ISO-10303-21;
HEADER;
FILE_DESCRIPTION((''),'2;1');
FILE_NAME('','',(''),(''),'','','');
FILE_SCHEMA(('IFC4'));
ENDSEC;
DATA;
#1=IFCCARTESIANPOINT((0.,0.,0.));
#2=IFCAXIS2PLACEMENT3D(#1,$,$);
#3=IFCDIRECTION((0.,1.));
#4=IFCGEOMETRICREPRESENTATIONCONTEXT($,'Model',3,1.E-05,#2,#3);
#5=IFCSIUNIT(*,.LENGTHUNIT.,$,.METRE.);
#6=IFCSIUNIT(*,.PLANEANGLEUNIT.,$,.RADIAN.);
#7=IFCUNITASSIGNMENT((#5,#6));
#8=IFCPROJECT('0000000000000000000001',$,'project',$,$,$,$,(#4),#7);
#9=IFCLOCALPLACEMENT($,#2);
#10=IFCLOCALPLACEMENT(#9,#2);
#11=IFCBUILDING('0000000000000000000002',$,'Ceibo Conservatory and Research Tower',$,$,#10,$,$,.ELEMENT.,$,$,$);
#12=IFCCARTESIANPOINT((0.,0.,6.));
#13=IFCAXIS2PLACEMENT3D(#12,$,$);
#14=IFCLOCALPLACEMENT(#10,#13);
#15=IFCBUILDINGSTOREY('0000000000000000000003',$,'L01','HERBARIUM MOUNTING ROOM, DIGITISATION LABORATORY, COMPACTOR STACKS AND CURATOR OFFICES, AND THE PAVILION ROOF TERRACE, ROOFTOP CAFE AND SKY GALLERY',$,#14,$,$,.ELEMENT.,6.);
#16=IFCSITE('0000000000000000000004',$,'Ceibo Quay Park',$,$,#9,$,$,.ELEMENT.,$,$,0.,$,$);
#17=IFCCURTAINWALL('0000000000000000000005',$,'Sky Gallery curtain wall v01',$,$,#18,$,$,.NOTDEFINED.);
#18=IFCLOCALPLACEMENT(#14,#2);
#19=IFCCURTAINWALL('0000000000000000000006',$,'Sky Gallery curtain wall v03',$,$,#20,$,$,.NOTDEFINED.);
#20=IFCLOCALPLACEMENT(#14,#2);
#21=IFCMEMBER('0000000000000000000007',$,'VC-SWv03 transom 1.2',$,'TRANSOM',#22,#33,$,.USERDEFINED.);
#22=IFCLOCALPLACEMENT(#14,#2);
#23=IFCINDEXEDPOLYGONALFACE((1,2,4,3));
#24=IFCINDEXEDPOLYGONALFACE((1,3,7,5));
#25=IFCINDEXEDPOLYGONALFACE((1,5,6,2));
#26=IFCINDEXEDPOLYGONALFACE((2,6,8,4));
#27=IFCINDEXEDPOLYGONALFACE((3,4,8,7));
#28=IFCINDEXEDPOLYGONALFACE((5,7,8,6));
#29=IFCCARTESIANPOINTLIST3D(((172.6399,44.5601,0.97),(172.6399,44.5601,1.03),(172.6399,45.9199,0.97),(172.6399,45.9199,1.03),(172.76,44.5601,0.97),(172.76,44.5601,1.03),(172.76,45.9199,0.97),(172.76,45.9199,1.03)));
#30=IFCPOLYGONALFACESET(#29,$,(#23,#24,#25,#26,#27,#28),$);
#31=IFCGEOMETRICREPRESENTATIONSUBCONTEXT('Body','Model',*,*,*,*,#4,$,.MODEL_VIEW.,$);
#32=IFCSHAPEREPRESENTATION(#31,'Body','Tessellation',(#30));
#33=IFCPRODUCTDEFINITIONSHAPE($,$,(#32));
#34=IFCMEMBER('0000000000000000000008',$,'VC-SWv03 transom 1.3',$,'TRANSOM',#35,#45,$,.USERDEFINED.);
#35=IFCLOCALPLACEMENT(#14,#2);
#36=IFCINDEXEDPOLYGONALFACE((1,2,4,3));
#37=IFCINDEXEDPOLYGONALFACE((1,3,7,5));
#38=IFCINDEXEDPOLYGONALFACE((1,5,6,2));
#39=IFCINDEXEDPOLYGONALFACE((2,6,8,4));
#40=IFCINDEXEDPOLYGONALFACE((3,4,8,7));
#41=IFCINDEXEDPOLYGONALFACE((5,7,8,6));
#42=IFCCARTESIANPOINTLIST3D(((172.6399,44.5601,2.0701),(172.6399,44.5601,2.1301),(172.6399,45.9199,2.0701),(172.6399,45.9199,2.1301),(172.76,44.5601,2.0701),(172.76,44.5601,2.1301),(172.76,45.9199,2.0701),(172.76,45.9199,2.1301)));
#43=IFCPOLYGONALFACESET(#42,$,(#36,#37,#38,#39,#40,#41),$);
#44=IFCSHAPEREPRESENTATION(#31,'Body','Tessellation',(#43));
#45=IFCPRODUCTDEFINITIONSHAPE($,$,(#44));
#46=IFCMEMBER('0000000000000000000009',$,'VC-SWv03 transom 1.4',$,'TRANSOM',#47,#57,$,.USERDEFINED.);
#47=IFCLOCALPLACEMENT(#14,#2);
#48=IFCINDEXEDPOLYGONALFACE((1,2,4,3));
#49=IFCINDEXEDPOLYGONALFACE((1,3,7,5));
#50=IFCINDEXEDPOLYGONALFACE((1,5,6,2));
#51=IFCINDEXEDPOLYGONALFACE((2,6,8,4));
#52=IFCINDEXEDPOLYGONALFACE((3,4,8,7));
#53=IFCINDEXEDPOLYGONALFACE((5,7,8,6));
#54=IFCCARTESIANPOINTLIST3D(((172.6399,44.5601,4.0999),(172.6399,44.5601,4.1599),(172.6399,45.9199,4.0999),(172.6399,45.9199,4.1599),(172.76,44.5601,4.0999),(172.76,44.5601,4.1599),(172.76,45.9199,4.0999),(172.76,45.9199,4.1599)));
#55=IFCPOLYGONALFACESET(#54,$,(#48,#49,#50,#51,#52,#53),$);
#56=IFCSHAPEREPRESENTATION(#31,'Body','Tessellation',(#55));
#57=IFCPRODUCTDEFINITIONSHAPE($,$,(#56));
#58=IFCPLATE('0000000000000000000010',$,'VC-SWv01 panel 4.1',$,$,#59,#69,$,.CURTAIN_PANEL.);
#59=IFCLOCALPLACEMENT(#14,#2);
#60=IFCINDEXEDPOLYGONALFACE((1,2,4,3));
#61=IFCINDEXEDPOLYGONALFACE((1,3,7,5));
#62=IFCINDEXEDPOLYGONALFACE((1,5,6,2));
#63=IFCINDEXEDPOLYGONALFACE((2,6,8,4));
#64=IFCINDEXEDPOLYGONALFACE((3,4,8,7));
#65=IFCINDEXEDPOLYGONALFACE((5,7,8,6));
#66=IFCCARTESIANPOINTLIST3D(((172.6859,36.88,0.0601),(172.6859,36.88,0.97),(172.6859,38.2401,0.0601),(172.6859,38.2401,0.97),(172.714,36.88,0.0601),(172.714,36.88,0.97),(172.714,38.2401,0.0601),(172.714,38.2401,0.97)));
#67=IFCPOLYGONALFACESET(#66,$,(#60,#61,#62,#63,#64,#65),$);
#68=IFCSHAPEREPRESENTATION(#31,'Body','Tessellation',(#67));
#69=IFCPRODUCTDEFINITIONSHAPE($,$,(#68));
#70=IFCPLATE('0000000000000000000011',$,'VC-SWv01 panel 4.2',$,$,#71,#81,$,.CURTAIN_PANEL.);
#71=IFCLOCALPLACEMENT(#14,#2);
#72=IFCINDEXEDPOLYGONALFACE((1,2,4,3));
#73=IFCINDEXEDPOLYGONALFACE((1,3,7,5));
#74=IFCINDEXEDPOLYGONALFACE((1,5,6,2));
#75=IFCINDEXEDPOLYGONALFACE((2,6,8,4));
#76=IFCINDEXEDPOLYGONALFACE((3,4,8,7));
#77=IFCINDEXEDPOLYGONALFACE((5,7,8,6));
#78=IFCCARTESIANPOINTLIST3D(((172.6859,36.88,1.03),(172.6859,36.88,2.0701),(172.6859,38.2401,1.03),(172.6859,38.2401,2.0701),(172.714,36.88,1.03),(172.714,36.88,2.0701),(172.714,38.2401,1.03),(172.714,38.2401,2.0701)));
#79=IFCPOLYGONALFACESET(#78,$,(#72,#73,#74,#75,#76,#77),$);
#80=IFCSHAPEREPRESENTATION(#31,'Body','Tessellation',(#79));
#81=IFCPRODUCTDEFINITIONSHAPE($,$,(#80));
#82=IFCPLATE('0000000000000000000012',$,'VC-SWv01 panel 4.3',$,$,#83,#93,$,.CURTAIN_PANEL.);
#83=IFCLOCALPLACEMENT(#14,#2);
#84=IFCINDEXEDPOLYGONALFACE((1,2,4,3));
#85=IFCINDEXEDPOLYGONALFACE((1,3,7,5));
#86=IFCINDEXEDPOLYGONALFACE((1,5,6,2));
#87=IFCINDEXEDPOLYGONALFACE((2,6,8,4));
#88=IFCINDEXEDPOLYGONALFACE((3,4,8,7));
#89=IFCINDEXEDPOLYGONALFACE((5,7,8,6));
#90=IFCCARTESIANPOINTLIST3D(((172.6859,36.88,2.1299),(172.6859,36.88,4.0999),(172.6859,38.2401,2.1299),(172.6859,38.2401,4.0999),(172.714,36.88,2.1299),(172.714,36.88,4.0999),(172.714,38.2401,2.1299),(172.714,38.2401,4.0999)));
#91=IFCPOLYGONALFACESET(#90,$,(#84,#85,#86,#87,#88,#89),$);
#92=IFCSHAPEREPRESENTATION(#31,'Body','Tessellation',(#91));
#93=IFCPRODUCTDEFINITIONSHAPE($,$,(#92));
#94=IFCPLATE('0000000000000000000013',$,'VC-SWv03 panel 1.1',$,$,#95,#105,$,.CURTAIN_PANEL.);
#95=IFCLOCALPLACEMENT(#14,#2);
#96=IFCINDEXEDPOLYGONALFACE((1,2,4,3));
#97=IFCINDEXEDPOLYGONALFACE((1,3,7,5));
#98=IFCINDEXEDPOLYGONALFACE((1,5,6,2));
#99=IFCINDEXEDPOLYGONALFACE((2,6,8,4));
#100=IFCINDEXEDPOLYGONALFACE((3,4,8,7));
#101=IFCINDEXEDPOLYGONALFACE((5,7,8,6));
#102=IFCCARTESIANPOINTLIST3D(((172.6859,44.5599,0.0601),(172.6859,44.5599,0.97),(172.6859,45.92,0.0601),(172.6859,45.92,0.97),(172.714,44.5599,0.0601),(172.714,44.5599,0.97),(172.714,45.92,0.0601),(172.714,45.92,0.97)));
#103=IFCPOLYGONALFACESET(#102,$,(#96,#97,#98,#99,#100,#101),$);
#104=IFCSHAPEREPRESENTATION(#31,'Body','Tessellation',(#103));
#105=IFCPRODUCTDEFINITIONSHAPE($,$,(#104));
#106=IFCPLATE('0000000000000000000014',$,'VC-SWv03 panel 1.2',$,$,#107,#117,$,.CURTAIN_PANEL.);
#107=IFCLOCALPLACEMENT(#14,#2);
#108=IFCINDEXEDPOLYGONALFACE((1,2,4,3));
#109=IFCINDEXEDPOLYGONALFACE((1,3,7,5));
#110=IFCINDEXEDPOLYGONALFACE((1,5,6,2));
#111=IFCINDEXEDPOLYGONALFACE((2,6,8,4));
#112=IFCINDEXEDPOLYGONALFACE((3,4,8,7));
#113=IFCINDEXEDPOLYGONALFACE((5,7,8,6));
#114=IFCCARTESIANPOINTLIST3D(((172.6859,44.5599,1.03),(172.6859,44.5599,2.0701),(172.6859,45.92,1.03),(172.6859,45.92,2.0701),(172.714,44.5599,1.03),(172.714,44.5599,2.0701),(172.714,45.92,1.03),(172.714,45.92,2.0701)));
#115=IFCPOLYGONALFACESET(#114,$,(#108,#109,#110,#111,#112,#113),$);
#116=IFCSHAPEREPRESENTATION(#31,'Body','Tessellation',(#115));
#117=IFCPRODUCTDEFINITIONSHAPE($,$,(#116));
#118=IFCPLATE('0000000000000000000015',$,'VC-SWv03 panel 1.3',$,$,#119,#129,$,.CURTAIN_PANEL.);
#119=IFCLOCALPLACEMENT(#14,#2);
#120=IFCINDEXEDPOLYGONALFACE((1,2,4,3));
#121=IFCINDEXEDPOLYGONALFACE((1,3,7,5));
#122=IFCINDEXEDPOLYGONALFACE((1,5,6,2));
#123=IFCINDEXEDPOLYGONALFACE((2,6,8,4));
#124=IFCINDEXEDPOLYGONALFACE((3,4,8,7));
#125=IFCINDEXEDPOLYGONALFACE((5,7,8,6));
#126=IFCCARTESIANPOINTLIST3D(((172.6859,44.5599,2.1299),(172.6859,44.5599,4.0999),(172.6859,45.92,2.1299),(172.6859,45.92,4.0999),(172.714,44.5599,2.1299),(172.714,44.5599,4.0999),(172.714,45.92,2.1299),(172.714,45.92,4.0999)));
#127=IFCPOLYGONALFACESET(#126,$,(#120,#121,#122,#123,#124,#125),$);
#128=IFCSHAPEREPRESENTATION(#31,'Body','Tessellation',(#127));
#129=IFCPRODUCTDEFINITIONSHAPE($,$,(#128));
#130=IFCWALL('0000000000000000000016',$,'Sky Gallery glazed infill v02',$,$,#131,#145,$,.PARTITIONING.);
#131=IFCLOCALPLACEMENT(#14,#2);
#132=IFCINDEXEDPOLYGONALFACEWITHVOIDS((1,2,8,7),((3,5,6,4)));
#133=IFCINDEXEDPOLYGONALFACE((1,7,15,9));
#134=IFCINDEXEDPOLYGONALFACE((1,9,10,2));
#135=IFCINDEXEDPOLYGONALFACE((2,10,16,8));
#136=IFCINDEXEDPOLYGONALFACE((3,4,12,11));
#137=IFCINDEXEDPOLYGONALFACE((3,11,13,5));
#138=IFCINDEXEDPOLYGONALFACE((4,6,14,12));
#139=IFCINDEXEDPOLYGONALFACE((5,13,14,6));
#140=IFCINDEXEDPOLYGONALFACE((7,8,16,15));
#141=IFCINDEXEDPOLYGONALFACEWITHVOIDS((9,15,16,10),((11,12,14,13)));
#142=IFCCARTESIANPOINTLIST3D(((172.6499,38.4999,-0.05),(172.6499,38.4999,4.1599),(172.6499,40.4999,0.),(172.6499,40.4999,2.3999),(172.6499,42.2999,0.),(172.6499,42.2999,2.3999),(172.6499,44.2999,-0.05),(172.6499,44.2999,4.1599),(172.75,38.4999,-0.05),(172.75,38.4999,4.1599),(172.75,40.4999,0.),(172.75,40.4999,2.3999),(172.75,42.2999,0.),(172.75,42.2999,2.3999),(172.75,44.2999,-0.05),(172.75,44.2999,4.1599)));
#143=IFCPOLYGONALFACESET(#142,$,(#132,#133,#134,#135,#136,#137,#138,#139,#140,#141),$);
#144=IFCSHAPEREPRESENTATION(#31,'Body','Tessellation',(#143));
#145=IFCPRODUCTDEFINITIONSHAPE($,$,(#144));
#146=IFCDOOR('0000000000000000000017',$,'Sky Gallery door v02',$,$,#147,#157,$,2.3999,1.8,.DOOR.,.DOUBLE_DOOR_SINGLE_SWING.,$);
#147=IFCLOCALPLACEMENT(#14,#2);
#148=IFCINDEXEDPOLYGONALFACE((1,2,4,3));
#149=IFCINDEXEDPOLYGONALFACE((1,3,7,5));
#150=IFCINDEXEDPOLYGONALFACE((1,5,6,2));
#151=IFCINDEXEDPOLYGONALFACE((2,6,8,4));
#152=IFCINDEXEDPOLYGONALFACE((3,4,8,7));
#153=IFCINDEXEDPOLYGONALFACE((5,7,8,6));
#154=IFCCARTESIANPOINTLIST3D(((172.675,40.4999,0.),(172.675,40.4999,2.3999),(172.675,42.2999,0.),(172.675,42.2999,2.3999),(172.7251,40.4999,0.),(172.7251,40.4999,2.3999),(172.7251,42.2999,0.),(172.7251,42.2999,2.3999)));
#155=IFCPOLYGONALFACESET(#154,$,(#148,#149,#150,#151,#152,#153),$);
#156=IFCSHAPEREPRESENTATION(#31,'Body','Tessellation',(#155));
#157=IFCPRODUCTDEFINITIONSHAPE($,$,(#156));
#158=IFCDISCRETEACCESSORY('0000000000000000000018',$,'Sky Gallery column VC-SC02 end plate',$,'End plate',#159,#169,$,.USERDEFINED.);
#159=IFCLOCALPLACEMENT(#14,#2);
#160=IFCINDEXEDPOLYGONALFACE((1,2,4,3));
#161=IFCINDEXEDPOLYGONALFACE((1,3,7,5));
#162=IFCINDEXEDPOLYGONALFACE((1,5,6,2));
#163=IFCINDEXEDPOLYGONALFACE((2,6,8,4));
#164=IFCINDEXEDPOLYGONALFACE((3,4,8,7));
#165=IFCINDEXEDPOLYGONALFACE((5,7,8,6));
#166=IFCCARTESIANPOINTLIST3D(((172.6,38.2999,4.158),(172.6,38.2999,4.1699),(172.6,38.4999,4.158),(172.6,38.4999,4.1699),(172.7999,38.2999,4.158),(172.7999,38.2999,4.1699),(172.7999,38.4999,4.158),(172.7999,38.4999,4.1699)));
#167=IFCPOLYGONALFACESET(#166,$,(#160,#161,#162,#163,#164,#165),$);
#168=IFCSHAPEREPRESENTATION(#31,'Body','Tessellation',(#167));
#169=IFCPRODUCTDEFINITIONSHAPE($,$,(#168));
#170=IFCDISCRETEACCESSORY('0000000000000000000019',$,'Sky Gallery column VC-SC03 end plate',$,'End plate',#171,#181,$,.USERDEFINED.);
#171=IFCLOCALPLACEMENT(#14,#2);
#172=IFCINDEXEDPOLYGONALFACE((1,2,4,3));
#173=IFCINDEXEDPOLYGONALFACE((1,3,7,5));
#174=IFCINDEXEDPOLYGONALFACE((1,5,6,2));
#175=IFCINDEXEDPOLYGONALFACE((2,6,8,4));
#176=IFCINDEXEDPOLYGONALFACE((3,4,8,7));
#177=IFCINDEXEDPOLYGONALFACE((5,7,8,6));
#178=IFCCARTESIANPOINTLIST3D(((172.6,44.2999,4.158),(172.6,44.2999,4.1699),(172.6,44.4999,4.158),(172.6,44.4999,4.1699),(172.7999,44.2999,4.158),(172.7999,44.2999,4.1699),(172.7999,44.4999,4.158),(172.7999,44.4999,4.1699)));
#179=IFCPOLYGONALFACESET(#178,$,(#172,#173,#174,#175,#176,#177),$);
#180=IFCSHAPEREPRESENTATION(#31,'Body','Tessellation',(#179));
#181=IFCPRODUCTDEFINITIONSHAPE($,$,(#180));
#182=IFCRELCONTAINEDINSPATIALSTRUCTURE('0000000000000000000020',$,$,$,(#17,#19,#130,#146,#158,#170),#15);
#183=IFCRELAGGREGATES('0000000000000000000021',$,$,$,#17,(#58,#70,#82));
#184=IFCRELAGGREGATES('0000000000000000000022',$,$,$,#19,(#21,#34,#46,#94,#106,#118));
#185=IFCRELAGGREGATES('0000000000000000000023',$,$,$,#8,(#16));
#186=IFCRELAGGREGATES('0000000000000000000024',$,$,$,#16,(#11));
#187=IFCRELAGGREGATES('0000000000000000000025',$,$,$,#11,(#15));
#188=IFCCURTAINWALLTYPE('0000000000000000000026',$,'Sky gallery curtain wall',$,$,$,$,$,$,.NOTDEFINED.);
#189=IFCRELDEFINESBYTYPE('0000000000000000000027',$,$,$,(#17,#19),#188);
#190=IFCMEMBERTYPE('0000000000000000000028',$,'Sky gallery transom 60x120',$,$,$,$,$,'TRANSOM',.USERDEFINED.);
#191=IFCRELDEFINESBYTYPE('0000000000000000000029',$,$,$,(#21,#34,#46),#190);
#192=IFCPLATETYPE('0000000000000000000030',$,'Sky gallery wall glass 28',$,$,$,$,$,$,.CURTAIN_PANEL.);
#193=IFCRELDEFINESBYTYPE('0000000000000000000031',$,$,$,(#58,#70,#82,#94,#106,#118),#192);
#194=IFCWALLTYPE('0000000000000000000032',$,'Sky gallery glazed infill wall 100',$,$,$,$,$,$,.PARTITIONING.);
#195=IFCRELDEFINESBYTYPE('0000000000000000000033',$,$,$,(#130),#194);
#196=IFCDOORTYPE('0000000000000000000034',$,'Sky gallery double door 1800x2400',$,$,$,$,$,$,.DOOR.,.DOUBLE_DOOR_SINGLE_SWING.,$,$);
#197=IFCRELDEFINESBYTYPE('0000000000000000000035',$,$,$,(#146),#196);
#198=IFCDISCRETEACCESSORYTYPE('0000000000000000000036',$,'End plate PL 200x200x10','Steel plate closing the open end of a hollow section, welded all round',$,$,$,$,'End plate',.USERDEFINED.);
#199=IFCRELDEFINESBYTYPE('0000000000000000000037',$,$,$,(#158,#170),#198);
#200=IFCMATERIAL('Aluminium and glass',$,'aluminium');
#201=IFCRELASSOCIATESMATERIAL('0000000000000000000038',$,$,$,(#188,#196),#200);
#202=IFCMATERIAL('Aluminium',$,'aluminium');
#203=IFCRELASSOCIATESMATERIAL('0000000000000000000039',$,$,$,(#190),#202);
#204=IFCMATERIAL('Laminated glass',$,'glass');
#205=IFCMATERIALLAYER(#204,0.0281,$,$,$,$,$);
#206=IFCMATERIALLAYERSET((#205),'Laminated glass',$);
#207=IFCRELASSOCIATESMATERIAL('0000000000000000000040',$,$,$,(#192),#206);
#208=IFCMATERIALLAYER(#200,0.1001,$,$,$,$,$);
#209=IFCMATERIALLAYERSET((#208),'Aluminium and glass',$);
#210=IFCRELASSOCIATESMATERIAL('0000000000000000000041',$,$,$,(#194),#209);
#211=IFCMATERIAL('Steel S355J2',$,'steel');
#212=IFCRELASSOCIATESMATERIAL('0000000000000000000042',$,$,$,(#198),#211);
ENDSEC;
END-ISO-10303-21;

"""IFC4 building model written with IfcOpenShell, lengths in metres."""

from ifc_helpers import new_model, si_unit, direction, frame, frame_2d, origin, origin_2d, place, context, subcontext, project, spatial, rectangle, extrude, material, layer, layer_set, material_profile, profile_set, type_object, element, fill, aggregate, save


model = new_model("IFC4")

# Units and contexts
model_context = context("Model", 3, precision=1e-05, world=origin(), true_north=direction((0.0, 1.0)))
body_context = subcontext(model_context, "Body", "Model", "MODEL_VIEW")
ifc_project = project(units=[si_unit("LENGTHUNIT", "METRE"), si_unit("PLANEANGLEUNIT", "RADIAN")], contexts=[model_context])

# Site, building, storey
site_placement = place(None, origin())
site = spatial("IfcSite", under=ifc_project, at=site_placement, Name="Ceibo Quay Park", CompositionType="ELEMENT", RefElevation=0.0)
building_placement = place(site_placement, origin())
building = spatial("IfcBuilding", under=site, at=building_placement, Name="Ceibo Conservatory and Research Tower", CompositionType="ELEMENT")
storey_placement = place(building_placement, frame((0.0, 0.0, 6.0)))
storey = spatial("IfcBuildingStorey", under=building, at=storey_placement, Name="L01", Description="HERBARIUM MOUNTING ROOM, DIGITISATION LABORATORY, COMPACTOR STACKS AND CURATOR OFFICES, AND THE PAVILION ROOF TERRACE, ROOFTOP CAFE AND SKY GALLERY", CompositionType="ELEMENT", Elevation=6.0)

# Shared definitions
ifc_material_1 = material(Name="Steel S355J2", Category="steel")

# Curtain wall
ifc_material_2 = material(Name="Aluminium and glass", Category="aluminium")
curtain_wall_type = type_object("IfcCurtainWallType", Name="Sky gallery curtain wall", PredefinedType="NOTDEFINED", material=ifc_material_2)
curtain_wall_1_placement = place(storey_placement, origin())
curtain_wall_1 = element("IfcCurtainWall", 1, at=curtain_wall_1_placement, inside=storey, type_object=curtain_wall_type, Name="Sky Gallery curtain wall v01", PredefinedType="NOTDEFINED")
ifc_material_3 = material(Name="Aluminium", Category="aluminium")

# Curtain wall
curtain_wall_2_placement = place(storey_placement, origin())
curtain_wall_2 = element("IfcCurtainWall", 2, at=curtain_wall_2_placement, inside=storey, type_object=curtain_wall_type, Name="Sky Gallery curtain wall v03", PredefinedType="NOTDEFINED")

# Members
ifc_material_profile_1 = material_profile(ifc_material_3, rectangle(XDim=0.1201, YDim=0.0601, at=origin_2d()), Name="AL 60x120")
ifc_profile_set_1 = profile_set([ifc_material_profile_1], Name="Aluminium")
member_type_1 = type_object("IfcMemberType", Name="Sky gallery transom 60x120", ElementType="TRANSOM", PredefinedType="USERDEFINED", material=ifc_profile_set_1)
member_1_placement = place(storey_placement, frame((172.7, 44.5601, 1.0), z_axis=(0.0, 1.0, 0.0), x_axis=(-1.0, 0.0, 0.0)))
member_1 = element("IfcMember", 3, at=member_1_placement, type_object=member_type_1, Name="VC-SWv03 transom 1.2", ObjectType="TRANSOM", PredefinedType="USERDEFINED", context=body_context, shape_type="SweptSolid", body=[
    extrude(rectangle(XDim=0.1201, YDim=0.0601, at=origin_2d()), origin(), (0.0, 0.0, 1.0), 1.3599),
])
member_2_placement = place(storey_placement, frame((172.7, 44.5601, 2.1001), z_axis=(0.0, 1.0, 0.0), x_axis=(-1.0, 0.0, 0.0)))
member_2 = element("IfcMember", 4, at=member_2_placement, type_object=member_type_1, Name="VC-SWv03 transom 1.3", ObjectType="TRANSOM", PredefinedType="USERDEFINED", context=body_context, shape_type="SweptSolid", body=[
    extrude(rectangle(XDim=0.1201, YDim=0.0601, at=origin_2d()), origin(), (0.0, 0.0, 1.0), 1.3599),
])
member_3_placement = place(storey_placement, frame((172.7, 44.5601, 4.1299), z_axis=(0.0, 1.0, 0.0), x_axis=(-1.0, 0.0, 0.0)))
member_3 = element("IfcMember", 5, at=member_3_placement, type_object=member_type_1, Name="VC-SWv03 transom 1.4", ObjectType="TRANSOM", PredefinedType="USERDEFINED", context=body_context, shape_type="SweptSolid", body=[
    extrude(rectangle(XDim=0.1201, YDim=0.0601, at=origin_2d()), origin(), (0.0, 0.0, 1.0), 1.3599),
])

# Plates
ifc_material_4 = material(Name="Laminated glass", Category="glass")
ifc_layer_1 = layer(ifc_material_4, 0.0281)
ifc_layer_set_1 = layer_set([ifc_layer_1], Name="Laminated glass")
plate_type = type_object("IfcPlateType", Name="Sky gallery wall glass 28", PredefinedType="CURTAIN_PANEL", material=ifc_layer_set_1)
plate_1_placement = place(storey_placement, frame((172.7, 37.5601, 0.0601), z_axis=(0.0, 0.0, 1.0), x_axis=(0.0, 1.0, 0.0)))
plate_1 = element("IfcPlate", 6, at=plate_1_placement, type_object=plate_type, Name="VC-SWv01 panel 4.1", PredefinedType="CURTAIN_PANEL", context=body_context, shape_type="SweptSolid", body=[
    extrude(rectangle(XDim=1.3601, YDim=0.0281, at=origin_2d()), origin(), (0.0, 0.0, 1.0), 0.9099),
])
plate_2_placement = place(storey_placement, frame((172.7, 37.5601, 1.03), z_axis=(0.0, 0.0, 1.0), x_axis=(0.0, 1.0, 0.0)))
plate_2 = element("IfcPlate", 7, at=plate_2_placement, type_object=plate_type, Name="VC-SWv01 panel 4.2", PredefinedType="CURTAIN_PANEL", context=body_context, shape_type="SweptSolid", body=[
    extrude(rectangle(XDim=1.3601, YDim=0.0281, at=origin_2d()), origin(), (0.0, 0.0, 1.0), 1.04),
])
plate_3_placement = place(storey_placement, frame((172.7, 37.5601, 2.1299), z_axis=(0.0, 0.0, 1.0), x_axis=(0.0, 1.0, 0.0)))
plate_3 = element("IfcPlate", 8, at=plate_3_placement, type_object=plate_type, Name="VC-SWv01 panel 4.3", PredefinedType="CURTAIN_PANEL", context=body_context, shape_type="SweptSolid", body=[
    extrude(rectangle(XDim=1.3601, YDim=0.0281, at=origin_2d()), origin(), (0.0, 0.0, 1.0), 1.97),
])
aggregate(curtain_wall_1, [plate_1, plate_2, plate_3])
plate_4_placement = place(storey_placement, frame((172.7, 45.24, 0.0601), z_axis=(0.0, 0.0, 1.0), x_axis=(0.0, 1.0, 0.0)))
plate_4 = element("IfcPlate", 9, at=plate_4_placement, type_object=plate_type, Name="VC-SWv03 panel 1.1", PredefinedType="CURTAIN_PANEL", context=body_context, shape_type="SweptSolid", body=[
    extrude(rectangle(XDim=1.3601, YDim=0.0281, at=origin_2d()), origin(), (0.0, 0.0, 1.0), 0.9099),
])
plate_5_placement = place(storey_placement, frame((172.7, 45.24, 1.03), z_axis=(0.0, 0.0, 1.0), x_axis=(0.0, 1.0, 0.0)))
plate_5 = element("IfcPlate", 10, at=plate_5_placement, type_object=plate_type, Name="VC-SWv03 panel 1.2", PredefinedType="CURTAIN_PANEL", context=body_context, shape_type="SweptSolid", body=[
    extrude(rectangle(XDim=1.3601, YDim=0.0281, at=origin_2d()), origin(), (0.0, 0.0, 1.0), 1.04),
])
plate_6_placement = place(storey_placement, frame((172.7, 45.24, 2.1299), z_axis=(0.0, 0.0, 1.0), x_axis=(0.0, 1.0, 0.0)))
plate_6 = element("IfcPlate", 11, at=plate_6_placement, type_object=plate_type, Name="VC-SWv03 panel 1.3", PredefinedType="CURTAIN_PANEL", context=body_context, shape_type="SweptSolid", body=[
    extrude(rectangle(XDim=1.3601, YDim=0.0281, at=origin_2d()), origin(), (0.0, 0.0, 1.0), 1.97),
])
aggregate(curtain_wall_2, [member_1, member_2, member_3, plate_4, plate_5, plate_6])

# Wall, opening, door
ifc_layer_2 = layer(ifc_material_2, 0.1001)
ifc_layer_set_2 = layer_set([ifc_layer_2], Name="Aluminium and glass")
wall_type = type_object("IfcWallType", Name="Sky gallery glazed infill wall 100", PredefinedType="PARTITIONING", material=ifc_layer_set_2)
wall_placement = place(storey_placement, frame((172.7, 38.5, -0.05), z_axis=(0.0, 0.0, 1.0), x_axis=(0.0, 1.0, 0.0)))
wall = element("IfcWall", 12, at=wall_placement, inside=storey, type_object=wall_type, Name="Sky Gallery glazed infill v02", PredefinedType="PARTITIONING", context=body_context, shape_type="SweptSolid", body=[
    extrude(rectangle(XDim=5.8, YDim=0.1001, at=frame_2d((2.8999, 0.0))), origin(), (0.0, 0.0, 1.0), 4.21),
])
opening_placement = place(wall_placement, frame((2.0, 0.0, 0.05)))
opening = element("IfcOpeningElement", 13, at=opening_placement, cuts=wall, PredefinedType="OPENING", context=body_context, shape_type="SweptSolid", body=[
    extrude(rectangle(XDim=1.8, YDim=2.3999, at=frame_2d((0.8999, 1.2))), frame((0.0, 0.0601, 0.0), z_axis=(0.0, -1.0, 0.0), x_axis=(1.0, 0.0, 0.0)), (0.0, 0.0, 1.0), 0.1201),
])
door_type = type_object("IfcDoorType", Name="Sky gallery double door 1800x2400", OperationType="DOUBLE_DOOR_SINGLE_SWING", PredefinedType="DOOR", material=ifc_material_2)
door_placement = place(opening_placement, origin())
door = element("IfcDoor", 14, at=door_placement, inside=storey, type_object=door_type, Name="Sky Gallery door v02", OperationType="DOUBLE_DOOR_SINGLE_SWING", OverallHeight=2.3999, OverallWidth=1.8, PredefinedType="DOOR", context=body_context, shape_type="SweptSolid", body=[
    extrude(rectangle(XDim=1.8, YDim=2.3999, at=frame_2d((0.8999, 1.2))), frame((0.0, 0.0249, 0.0), z_axis=(0.0, -1.0, 0.0), x_axis=(1.0, 0.0, 0.0)), (0.0, 0.0, 1.0), 0.05),
])
fill(opening, door)

# Discrete accessories
ifc_material_profile_2 = material_profile(ifc_material_1, rectangle(XDim=0.2, YDim=0.2, at=origin_2d()), Name="End plate PL 200x200x10")
ifc_profile_set_2 = profile_set([ifc_material_profile_2], Name="Steel S355J2")
discrete_accessory_type = type_object("IfcDiscreteAccessoryType", Name="End plate PL 200x200x10", Description="Steel plate closing the open end of a hollow section, welded all round", ElementType="End plate", PredefinedType="USERDEFINED", material=ifc_profile_set_2)
for number, where, z_axis, x_axis, name in (
    (15, (172.7, 38.3999, 4.158), (0.0, 0.0, 1.0), (1.0, 0.0, 0.0), "Sky Gallery column VC-SC02 end plate"),
    (16, (172.7, 44.3999, 4.158), (0.0, 0.0, 1.0), (1.0, 0.0, 0.0), "Sky Gallery column VC-SC03 end plate"),
):
    element("IfcDiscreteAccessory", number, at=place(storey_placement, frame(where, z_axis=z_axis, x_axis=x_axis)), inside=storey, type_object=discrete_accessory_type, Name=name, ObjectType="End plate", PredefinedType="USERDEFINED", context=body_context, shape_type="SweptSolid", body=[
        extrude(rectangle(XDim=0.2, YDim=0.2, at=origin_2d()), origin(), (0.0, 0.0, 1.0), 0.012),
    ])

save(model, "model.ifc")
